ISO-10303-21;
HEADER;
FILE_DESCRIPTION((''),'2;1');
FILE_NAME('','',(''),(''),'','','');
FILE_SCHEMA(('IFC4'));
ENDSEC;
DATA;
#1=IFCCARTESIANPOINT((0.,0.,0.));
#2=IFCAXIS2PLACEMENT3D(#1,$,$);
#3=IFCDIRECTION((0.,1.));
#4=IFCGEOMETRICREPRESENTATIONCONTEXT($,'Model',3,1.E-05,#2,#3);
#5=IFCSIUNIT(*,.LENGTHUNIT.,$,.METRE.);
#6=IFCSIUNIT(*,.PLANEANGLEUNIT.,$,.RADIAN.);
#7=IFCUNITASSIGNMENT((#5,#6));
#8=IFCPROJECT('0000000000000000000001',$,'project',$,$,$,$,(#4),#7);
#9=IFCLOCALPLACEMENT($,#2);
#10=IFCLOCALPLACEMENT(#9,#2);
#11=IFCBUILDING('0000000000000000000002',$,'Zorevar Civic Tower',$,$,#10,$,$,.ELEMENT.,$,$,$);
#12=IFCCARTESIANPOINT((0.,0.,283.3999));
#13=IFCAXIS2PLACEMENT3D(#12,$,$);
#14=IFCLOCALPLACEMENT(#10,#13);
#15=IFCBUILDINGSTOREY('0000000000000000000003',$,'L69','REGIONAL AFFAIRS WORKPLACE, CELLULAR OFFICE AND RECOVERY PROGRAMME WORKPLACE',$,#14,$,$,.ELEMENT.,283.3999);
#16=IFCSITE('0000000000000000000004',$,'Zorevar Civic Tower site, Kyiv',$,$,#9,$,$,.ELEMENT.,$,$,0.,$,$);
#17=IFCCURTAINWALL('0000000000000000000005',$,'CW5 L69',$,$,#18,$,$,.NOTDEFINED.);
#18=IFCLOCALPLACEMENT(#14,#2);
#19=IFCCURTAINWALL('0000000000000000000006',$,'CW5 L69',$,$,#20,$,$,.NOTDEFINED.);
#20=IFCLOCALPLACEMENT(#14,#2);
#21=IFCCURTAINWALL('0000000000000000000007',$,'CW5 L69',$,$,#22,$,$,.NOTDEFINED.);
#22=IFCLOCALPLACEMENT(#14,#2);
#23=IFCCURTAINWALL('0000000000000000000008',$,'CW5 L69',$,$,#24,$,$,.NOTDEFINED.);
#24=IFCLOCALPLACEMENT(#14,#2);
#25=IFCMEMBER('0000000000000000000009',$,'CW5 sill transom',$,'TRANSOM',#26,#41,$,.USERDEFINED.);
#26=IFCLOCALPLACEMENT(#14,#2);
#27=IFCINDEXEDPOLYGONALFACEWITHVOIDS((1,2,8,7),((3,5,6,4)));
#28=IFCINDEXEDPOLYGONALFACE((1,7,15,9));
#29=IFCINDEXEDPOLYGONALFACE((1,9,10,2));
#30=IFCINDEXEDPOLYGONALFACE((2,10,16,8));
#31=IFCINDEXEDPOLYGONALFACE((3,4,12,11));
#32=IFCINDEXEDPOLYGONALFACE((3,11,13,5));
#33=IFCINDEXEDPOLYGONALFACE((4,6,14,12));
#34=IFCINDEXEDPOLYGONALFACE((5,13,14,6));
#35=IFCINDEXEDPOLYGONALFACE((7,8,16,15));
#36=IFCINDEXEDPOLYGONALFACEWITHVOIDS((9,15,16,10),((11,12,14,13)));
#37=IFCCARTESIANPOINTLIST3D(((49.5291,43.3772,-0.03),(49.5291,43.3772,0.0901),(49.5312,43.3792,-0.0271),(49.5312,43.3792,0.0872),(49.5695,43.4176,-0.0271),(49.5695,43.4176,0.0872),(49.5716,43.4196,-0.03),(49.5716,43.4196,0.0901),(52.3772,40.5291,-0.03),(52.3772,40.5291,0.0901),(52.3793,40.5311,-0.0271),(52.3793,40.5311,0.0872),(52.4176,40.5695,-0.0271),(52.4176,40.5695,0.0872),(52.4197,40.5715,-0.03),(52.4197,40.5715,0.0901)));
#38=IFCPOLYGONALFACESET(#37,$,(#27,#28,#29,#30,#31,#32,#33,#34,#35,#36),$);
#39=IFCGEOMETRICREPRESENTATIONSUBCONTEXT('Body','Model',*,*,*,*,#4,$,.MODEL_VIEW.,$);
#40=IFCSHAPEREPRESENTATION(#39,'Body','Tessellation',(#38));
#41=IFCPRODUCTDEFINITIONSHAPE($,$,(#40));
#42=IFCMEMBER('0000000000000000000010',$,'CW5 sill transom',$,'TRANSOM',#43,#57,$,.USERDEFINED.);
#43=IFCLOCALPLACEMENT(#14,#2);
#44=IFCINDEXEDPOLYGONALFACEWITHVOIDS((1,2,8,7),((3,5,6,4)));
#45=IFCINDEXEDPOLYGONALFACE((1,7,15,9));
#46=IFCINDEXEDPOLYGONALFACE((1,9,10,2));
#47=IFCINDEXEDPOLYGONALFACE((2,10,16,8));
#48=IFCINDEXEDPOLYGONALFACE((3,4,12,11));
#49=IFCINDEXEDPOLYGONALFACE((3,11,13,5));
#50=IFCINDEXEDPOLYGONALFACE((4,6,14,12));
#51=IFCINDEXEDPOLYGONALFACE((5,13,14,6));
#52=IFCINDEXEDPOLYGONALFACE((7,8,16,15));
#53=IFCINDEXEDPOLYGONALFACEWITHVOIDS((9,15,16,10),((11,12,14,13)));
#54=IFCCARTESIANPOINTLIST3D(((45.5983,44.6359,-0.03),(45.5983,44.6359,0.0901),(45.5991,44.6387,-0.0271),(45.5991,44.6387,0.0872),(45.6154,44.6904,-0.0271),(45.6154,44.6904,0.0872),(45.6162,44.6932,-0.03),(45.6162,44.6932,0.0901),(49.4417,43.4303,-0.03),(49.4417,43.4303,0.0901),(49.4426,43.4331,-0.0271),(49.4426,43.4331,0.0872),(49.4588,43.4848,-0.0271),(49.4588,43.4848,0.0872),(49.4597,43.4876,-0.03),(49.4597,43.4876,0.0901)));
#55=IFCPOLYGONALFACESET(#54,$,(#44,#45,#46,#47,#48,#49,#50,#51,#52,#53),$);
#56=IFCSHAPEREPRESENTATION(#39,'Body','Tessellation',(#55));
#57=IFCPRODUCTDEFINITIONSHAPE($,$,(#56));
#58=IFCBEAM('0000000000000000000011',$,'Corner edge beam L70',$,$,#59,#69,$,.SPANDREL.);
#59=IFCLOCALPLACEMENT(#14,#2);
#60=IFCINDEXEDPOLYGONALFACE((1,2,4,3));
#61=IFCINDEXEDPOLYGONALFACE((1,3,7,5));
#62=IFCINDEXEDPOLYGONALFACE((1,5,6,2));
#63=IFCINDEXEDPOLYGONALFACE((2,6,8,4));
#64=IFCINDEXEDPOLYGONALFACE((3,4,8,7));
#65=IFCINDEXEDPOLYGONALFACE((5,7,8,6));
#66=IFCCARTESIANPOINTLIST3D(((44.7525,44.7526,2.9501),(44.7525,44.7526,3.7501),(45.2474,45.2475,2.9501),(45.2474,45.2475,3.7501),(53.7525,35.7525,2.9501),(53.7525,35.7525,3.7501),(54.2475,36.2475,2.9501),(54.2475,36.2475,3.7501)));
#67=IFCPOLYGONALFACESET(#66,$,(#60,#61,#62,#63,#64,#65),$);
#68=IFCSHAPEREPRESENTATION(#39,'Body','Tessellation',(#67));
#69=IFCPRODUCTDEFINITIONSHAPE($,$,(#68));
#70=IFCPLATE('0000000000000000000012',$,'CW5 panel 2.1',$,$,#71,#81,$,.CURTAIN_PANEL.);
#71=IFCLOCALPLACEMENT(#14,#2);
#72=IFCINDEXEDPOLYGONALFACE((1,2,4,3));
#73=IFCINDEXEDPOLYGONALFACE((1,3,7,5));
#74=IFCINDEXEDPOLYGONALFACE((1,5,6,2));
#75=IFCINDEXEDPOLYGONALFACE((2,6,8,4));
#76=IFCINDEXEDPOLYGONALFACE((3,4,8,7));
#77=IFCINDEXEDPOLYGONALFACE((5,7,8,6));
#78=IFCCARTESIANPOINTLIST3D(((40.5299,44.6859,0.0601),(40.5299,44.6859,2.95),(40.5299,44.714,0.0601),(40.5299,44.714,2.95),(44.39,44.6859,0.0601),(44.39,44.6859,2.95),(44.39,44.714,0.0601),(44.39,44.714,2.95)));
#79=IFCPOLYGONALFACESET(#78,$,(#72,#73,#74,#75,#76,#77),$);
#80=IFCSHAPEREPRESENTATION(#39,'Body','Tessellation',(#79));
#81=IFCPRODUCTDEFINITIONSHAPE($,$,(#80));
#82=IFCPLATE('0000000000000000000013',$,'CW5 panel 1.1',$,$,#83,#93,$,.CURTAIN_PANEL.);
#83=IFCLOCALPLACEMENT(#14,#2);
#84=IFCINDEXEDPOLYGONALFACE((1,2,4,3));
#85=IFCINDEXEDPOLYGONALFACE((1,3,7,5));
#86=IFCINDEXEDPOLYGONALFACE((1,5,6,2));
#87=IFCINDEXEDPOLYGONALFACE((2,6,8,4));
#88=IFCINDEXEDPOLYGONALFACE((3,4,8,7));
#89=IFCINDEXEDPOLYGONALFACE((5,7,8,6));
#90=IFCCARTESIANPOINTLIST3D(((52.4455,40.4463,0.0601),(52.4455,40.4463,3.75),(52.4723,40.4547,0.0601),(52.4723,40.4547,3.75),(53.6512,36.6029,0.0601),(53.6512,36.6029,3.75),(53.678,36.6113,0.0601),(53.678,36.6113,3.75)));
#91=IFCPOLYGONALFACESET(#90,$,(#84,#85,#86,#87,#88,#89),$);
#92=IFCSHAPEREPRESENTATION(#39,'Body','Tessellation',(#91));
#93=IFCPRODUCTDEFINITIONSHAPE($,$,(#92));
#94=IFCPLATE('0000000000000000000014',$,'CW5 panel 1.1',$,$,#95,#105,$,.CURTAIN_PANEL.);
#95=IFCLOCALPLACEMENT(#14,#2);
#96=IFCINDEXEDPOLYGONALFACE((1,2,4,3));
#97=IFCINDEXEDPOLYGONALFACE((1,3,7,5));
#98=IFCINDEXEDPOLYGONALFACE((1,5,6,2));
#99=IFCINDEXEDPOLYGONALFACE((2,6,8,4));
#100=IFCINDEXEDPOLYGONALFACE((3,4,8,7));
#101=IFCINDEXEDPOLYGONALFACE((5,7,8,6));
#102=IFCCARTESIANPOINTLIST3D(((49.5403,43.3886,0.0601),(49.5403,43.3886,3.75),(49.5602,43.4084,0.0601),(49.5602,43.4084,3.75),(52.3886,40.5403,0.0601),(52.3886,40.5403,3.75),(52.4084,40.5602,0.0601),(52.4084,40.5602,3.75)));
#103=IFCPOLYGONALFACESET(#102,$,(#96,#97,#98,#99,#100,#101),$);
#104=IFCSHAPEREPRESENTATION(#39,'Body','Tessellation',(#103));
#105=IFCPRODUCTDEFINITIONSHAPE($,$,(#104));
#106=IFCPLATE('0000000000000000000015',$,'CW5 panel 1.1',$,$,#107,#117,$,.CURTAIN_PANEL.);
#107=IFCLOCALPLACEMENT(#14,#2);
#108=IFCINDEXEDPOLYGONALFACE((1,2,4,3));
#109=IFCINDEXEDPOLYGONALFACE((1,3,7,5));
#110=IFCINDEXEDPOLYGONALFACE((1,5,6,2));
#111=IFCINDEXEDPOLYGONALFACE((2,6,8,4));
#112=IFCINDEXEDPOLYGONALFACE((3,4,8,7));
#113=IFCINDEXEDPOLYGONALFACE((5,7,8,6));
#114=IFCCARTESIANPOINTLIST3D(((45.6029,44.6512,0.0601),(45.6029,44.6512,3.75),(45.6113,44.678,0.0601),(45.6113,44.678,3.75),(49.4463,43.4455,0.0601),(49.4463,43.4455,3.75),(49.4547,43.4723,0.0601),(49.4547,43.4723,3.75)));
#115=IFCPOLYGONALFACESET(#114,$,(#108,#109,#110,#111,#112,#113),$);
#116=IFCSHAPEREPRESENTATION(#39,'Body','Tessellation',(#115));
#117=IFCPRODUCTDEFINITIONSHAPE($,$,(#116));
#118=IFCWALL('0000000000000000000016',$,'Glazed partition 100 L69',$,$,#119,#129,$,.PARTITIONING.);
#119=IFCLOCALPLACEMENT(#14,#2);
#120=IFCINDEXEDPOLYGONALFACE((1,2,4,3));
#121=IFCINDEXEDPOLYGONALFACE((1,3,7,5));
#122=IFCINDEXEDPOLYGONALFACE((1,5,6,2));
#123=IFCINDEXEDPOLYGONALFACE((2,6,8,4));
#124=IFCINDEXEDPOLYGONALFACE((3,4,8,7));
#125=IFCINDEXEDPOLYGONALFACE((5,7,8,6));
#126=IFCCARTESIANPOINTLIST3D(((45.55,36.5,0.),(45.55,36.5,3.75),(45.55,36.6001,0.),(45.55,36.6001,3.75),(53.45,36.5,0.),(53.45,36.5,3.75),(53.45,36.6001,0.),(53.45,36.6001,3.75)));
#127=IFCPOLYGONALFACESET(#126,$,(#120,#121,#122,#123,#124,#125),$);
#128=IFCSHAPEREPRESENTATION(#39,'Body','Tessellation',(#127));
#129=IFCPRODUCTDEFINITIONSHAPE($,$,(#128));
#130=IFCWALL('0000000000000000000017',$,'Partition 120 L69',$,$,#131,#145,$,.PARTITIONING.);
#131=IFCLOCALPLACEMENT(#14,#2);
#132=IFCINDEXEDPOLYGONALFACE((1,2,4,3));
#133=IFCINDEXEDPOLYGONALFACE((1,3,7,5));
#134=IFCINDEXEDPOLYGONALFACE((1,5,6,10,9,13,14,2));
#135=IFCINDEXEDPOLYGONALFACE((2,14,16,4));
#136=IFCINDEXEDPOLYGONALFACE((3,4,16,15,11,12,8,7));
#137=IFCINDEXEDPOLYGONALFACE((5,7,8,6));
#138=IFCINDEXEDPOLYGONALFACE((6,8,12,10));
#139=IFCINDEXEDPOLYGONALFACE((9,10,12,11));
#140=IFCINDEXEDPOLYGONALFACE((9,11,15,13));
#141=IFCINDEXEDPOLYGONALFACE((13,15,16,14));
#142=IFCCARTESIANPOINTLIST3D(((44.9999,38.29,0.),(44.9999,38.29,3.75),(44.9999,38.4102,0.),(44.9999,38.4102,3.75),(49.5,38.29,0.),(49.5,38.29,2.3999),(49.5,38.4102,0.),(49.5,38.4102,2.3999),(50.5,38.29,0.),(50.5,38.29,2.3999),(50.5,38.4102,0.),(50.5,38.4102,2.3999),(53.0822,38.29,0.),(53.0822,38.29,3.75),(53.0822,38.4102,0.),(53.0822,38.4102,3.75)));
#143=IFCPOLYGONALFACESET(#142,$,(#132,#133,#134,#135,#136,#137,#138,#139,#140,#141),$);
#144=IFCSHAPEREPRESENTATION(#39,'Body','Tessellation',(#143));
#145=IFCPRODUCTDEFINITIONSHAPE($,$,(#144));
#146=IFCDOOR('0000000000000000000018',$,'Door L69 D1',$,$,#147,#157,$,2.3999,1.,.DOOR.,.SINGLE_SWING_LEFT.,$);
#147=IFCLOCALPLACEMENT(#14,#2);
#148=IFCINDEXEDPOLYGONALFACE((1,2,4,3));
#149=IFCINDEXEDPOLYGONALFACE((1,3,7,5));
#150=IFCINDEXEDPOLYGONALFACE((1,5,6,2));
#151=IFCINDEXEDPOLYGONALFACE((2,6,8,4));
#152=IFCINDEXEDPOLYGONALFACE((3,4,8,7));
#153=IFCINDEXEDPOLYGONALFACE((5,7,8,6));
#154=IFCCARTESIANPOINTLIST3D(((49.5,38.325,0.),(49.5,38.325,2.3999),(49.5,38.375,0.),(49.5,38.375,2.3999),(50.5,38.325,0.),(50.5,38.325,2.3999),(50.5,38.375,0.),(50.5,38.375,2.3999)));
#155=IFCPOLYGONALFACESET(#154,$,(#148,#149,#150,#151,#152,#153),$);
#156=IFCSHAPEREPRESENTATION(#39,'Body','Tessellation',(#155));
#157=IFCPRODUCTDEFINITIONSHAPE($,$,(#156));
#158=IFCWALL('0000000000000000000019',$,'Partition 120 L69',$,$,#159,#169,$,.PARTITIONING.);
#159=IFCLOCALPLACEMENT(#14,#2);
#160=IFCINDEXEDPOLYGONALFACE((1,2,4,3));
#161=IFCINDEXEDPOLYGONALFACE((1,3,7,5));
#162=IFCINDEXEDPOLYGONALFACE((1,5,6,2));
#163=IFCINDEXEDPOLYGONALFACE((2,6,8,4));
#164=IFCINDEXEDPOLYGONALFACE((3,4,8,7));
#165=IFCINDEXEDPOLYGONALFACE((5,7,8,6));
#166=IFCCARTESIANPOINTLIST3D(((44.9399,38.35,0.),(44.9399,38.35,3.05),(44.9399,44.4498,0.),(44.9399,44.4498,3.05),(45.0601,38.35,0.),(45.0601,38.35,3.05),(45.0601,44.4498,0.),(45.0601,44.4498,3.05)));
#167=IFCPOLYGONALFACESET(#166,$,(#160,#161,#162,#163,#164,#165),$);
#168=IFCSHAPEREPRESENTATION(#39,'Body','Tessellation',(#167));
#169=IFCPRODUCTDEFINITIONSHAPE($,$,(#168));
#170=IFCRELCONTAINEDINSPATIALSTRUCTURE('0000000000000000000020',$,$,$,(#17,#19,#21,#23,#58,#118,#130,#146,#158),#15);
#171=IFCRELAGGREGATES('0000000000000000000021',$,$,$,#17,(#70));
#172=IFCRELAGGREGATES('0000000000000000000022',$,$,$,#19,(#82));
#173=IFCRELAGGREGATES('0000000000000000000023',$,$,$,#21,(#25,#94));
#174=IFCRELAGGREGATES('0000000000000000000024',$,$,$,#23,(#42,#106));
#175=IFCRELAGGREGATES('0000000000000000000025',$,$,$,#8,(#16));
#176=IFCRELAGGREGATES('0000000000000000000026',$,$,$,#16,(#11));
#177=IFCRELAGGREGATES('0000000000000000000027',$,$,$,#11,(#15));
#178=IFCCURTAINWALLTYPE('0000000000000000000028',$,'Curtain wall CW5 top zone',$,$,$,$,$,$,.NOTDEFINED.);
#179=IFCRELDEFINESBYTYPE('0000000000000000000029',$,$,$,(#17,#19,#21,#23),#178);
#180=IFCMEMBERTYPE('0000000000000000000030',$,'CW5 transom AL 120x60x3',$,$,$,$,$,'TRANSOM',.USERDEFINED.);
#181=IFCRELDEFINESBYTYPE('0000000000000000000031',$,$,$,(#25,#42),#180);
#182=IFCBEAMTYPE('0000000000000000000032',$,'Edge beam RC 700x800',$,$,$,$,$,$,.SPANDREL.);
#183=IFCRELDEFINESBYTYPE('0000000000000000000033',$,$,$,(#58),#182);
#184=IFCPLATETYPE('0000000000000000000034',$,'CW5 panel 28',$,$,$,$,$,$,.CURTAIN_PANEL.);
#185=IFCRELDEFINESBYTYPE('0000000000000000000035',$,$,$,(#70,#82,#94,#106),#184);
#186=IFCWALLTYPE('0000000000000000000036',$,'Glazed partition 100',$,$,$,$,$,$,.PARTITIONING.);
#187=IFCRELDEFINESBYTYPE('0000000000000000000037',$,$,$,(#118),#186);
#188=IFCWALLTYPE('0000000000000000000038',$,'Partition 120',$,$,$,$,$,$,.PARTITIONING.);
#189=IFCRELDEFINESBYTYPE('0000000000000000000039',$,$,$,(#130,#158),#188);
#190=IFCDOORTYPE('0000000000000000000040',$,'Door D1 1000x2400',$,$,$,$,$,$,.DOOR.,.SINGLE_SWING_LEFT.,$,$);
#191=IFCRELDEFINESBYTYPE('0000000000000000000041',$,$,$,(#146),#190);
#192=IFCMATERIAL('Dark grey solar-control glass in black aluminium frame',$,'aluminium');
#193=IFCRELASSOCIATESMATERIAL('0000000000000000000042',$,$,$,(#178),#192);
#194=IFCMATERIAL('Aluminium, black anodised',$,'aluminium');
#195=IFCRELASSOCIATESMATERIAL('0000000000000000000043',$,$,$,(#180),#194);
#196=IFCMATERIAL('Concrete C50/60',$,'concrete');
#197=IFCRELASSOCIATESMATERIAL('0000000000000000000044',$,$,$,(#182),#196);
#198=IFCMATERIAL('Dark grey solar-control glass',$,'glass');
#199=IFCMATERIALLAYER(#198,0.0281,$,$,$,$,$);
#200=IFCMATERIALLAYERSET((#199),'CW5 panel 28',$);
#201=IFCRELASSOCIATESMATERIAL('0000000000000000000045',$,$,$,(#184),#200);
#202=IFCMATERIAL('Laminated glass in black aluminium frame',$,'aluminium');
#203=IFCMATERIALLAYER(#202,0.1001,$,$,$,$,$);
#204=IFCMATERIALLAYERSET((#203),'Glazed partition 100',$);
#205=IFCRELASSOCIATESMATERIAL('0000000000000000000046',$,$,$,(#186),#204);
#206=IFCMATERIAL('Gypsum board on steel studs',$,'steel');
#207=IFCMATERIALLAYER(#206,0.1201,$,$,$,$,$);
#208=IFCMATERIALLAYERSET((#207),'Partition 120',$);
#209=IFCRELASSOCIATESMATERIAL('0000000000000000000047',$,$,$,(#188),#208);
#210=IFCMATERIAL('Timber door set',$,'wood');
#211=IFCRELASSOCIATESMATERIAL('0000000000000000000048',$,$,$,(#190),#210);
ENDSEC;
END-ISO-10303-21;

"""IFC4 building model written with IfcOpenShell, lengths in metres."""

from ifc_helpers import new_model, si_unit, direction, frame, frame_2d, origin, origin_2d, place, context, subcontext, project, spatial, rectangle, hollow_rectangle, extrude, material, layer, layer_set, material_profile, profile_set, type_object, element, fill, aggregate, save


model = new_model("IFC4")

# Units and contexts
model_context = context("Model", 3, precision=1e-05, world=origin(), true_north=direction((0.0, 1.0)))
body_context = subcontext(model_context, "Body", "Model", "MODEL_VIEW")
ifc_project = project(units=[si_unit("LENGTHUNIT", "METRE"), si_unit("PLANEANGLEUNIT", "RADIAN")], contexts=[model_context])

# Site, building, storey
site_placement = place(None, origin())
site = spatial("IfcSite", under=ifc_project, at=site_placement, Name="Zorevar Civic Tower site, Kyiv", CompositionType="ELEMENT", RefElevation=0.0)
building_placement = place(site_placement, origin())
building = spatial("IfcBuilding", under=site, at=building_placement, Name="Zorevar Civic Tower", CompositionType="ELEMENT")
storey_placement = place(building_placement, frame((0.0, 0.0, 283.3999)))
storey = spatial("IfcBuildingStorey", under=building, at=storey_placement, Name="L69", Description="REGIONAL AFFAIRS WORKPLACE, CELLULAR OFFICE AND RECOVERY PROGRAMME WORKPLACE", CompositionType="ELEMENT", Elevation=283.3999)

# Curtain wall
ifc_material_1 = material(Name="Dark grey solar-control glass in black aluminium frame", Category="aluminium")
curtain_wall_type = type_object("IfcCurtainWallType", Name="Curtain wall CW5 top zone", PredefinedType="NOTDEFINED", material=ifc_material_1)
curtain_wall_1_placement = place(storey_placement, origin())
curtain_wall_1 = element("IfcCurtainWall", 1, at=curtain_wall_1_placement, inside=storey, type_object=curtain_wall_type, Name="CW5 L69", PredefinedType="NOTDEFINED")

# Curtain walls
curtain_wall_2_placement = place(storey_placement, origin())
curtain_wall_2 = element("IfcCurtainWall", 2, at=curtain_wall_2_placement, inside=storey, type_object=curtain_wall_type, Name="CW5 L69", PredefinedType="NOTDEFINED")
curtain_wall_3_placement = place(storey_placement, origin())
curtain_wall_3 = element("IfcCurtainWall", 3, at=curtain_wall_3_placement, inside=storey, type_object=curtain_wall_type, Name="CW5 L69", PredefinedType="NOTDEFINED")
curtain_wall_4_placement = place(storey_placement, origin())
curtain_wall_4 = element("IfcCurtainWall", 4, at=curtain_wall_4_placement, inside=storey, type_object=curtain_wall_type, Name="CW5 L69", PredefinedType="NOTDEFINED")

# Members
ifc_material_2 = material(Name="Aluminium, black anodised", Category="aluminium")
ifc_material_profile_1 = material_profile(ifc_material_2, hollow_rectangle(XDim=0.0601, YDim=0.1201, WallThickness=0.0029, at=origin_2d()), Name="AL 120x60x3")
ifc_profile_set_1 = profile_set([ifc_material_profile_1], Name="Aluminium, black anodised")
member_type_1 = type_object("IfcMemberType", Name="CW5 transom AL 120x60x3", ElementType="TRANSOM", PredefinedType="USERDEFINED", material=ifc_profile_set_1)
member_1_placement = place(storey_placement, frame((52.3984, 40.5503, 0.03), z_axis=(-0.707107, 0.707107, 0.0), x_axis=(-0.707107, -0.707107, 0.0)))
member_1 = element("IfcMember", 5, at=member_1_placement, type_object=member_type_1, Name="CW5 sill transom", ObjectType="TRANSOM", PredefinedType="USERDEFINED", context=body_context, shape_type="SweptSolid", body=[
    extrude(hollow_rectangle(XDim=0.0601, YDim=0.1201, WallThickness=0.0029, at=origin_2d()), origin(), (0.0, 0.0, 1.0), 4.0278),
])
member_2_placement = place(storey_placement, frame((49.4507, 43.459, 0.03), z_axis=(-0.954163, 0.299286, 0.0), x_axis=(-0.299286, -0.954163, 0.0)))
member_2 = element("IfcMember", 6, at=member_2_placement, type_object=member_type_1, Name="CW5 sill transom", ObjectType="TRANSOM", PredefinedType="USERDEFINED", context=body_context, shape_type="SweptSolid", body=[
    extrude(hollow_rectangle(XDim=0.0601, YDim=0.1201, WallThickness=0.0029, at=origin_2d()), origin(), (0.0, 0.0, 1.0), 4.0281),
])

# Beam
ifc_material_3 = material(Name="Concrete C50/60", Category="concrete")
ifc_material_profile_2 = material_profile(ifc_material_3, rectangle(XDim=0.7, YDim=0.8, at=origin_2d()), Name="RC 700x800")
ifc_profile_set_2 = profile_set([ifc_material_profile_2], Name="Concrete C50/60")
beam_type_1 = type_object("IfcBeamType", Name="Edge beam RC 700x800", PredefinedType="SPANDREL", material=ifc_profile_set_2)
beam_1_placement = place(storey_placement, frame((54.0, 36.0, 3.3501), z_axis=(-0.707107, 0.707107, 0.0), x_axis=(-0.707107, -0.707107, 0.0)))
element("IfcBeam", 7, at=beam_1_placement, inside=storey, type_object=beam_type_1, Name="Corner edge beam L70", PredefinedType="SPANDREL", context=body_context, shape_type="SweptSolid", body=[
    extrude(rectangle(XDim=0.7, YDim=0.8, at=origin_2d()), origin(), (0.0, 0.0, 1.0), 12.728),
])

# Plates
ifc_material_4 = material(Name="Dark grey solar-control glass", Category="glass")
ifc_layer_1 = layer(ifc_material_4, 0.0281)
ifc_layer_set_1 = layer_set([ifc_layer_1], Name="CW5 panel 28")
plate_type = type_object("IfcPlateType", Name="CW5 panel 28", PredefinedType="CURTAIN_PANEL", material=ifc_layer_set_1)
plate_1_placement = place(storey_placement, frame((42.46, 44.7, 0.0601), z_axis=(0.0, 0.0, 1.0), x_axis=(1.0, 0.0, 0.0)))
plate_1 = element("IfcPlate", 8, at=plate_1_placement, type_object=plate_type, Name="CW5 panel 2.1", PredefinedType="CURTAIN_PANEL", context=body_context, shape_type="SweptSolid", body=[
    extrude(rectangle(XDim=3.8601, YDim=0.0281, at=origin_2d()), origin(), (0.0, 0.0, 1.0), 2.8899),
])
aggregate(curtain_wall_1, [plate_1])
plate_2_placement = place(storey_placement, frame((53.0618, 38.5288, 0.0601), z_axis=(0.0, 0.0, 1.0), x_axis=(-0.299318, 0.954153, 0.0)))
plate_2 = element("IfcPlate", 9, at=plate_2_placement, type_object=plate_type, Name="CW5 panel 1.1", PredefinedType="CURTAIN_PANEL", context=body_context, shape_type="SweptSolid", body=[
    extrude(rectangle(XDim=4.0281, YDim=0.0281, at=origin_2d()), origin(), (0.0, 0.0, 1.0), 3.6899),
])
aggregate(curtain_wall_2, [plate_2])
plate_3_placement = place(storey_placement, frame((50.9744, 41.9744, 0.0601), z_axis=(0.0, 0.0, 1.0), x_axis=(-0.707107, 0.707107, 0.0)))
plate_3 = element("IfcPlate", 10, at=plate_3_placement, type_object=plate_type, Name="CW5 panel 1.1", PredefinedType="CURTAIN_PANEL", context=body_context, shape_type="SweptSolid", body=[
    extrude(rectangle(XDim=4.0281, YDim=0.0281, at=origin_2d()), origin(), (0.0, 0.0, 1.0), 3.6899),
])
aggregate(curtain_wall_3, [member_1, plate_3])
plate_4_placement = place(storey_placement, frame((47.5288, 44.0618, 0.0601), z_axis=(0.0, 0.0, 1.0), x_axis=(-0.954153, 0.299318, 0.0)))
plate_4 = element("IfcPlate", 11, at=plate_4_placement, type_object=plate_type, Name="CW5 panel 1.1", PredefinedType="CURTAIN_PANEL", context=body_context, shape_type="SweptSolid", body=[
    extrude(rectangle(XDim=4.0281, YDim=0.0281, at=origin_2d()), origin(), (0.0, 0.0, 1.0), 3.6899),
])
aggregate(curtain_wall_4, [member_2, plate_4])

# Wall
ifc_material_5 = material(Name="Laminated glass in black aluminium frame", Category="aluminium")
ifc_layer_2 = layer(ifc_material_5, 0.1001)
ifc_layer_set_2 = layer_set([ifc_layer_2], Name="Glazed partition 100")
wall_type_1 = type_object("IfcWallType", Name="Glazed partition 100", PredefinedType="PARTITIONING", material=ifc_layer_set_2)
wall_1_placement = place(storey_placement, frame((45.55, 36.55, 0.0), z_axis=(0.0, 0.0, 1.0), x_axis=(1.0, 0.0, 0.0)))
element("IfcWall", 12, at=wall_1_placement, inside=storey, type_object=wall_type_1, Name="Glazed partition 100 L69", PredefinedType="PARTITIONING", context=body_context, shape_type="SweptSolid", body=[
    extrude(rectangle(XDim=7.8999, YDim=0.1001, at=frame_2d((3.95, 0.0))), origin(), (0.0, 0.0, 1.0), 3.75),
])

# Wall, opening, door
ifc_material_6 = material(Name="Gypsum board on steel studs", Category="steel")
ifc_layer_3 = layer(ifc_material_6, 0.1201)
ifc_layer_set_3 = layer_set([ifc_layer_3], Name="Partition 120")
wall_type_2 = type_object("IfcWallType", Name="Partition 120", PredefinedType="PARTITIONING", material=ifc_layer_set_3)
wall_2_placement = place(storey_placement, frame((45.0, 38.3501, 0.0), z_axis=(0.0, 0.0, 1.0), x_axis=(1.0, 0.0, 0.0)))
wall_2 = element("IfcWall", 13, at=wall_2_placement, inside=storey, type_object=wall_type_2, Name="Partition 120 L69", PredefinedType="PARTITIONING", context=body_context, shape_type="SweptSolid", body=[
    extrude(rectangle(XDim=8.0823, YDim=0.1201, at=frame_2d((4.041, 0.0))), origin(), (0.0, 0.0, 1.0), 3.75),
])
opening_placement = place(wall_2_placement, frame((4.5, 0.0, 0.0)))
opening = element("IfcOpeningElement", 14, at=opening_placement, cuts=wall_2, PredefinedType="OPENING", context=body_context, shape_type="SweptSolid", body=[
    extrude(rectangle(XDim=1.0, YDim=2.3999, at=frame_2d((0.5, 1.2))), frame((0.0, 0.0701, 0.0), z_axis=(0.0, -1.0, 0.0), x_axis=(1.0, 0.0, 0.0)), (0.0, 0.0, 1.0), 0.1401),
])
ifc_material_7 = material(Name="Timber door set", Category="wood")
door_type = type_object("IfcDoorType", Name="Door D1 1000x2400", OperationType="SINGLE_SWING_LEFT", PredefinedType="DOOR", material=ifc_material_7)
door_placement = place(opening_placement, origin())
door = element("IfcDoor", 15, at=door_placement, inside=storey, type_object=door_type, Name="Door L69 D1", OperationType="SINGLE_SWING_LEFT", OverallHeight=2.3999, OverallWidth=1.0, PredefinedType="DOOR", context=body_context, shape_type="SweptSolid", body=[
    extrude(rectangle(XDim=1.0, YDim=2.3999, at=frame_2d((0.5, 1.2))), frame((0.0, 0.0249, 0.0), z_axis=(0.0, -1.0, 0.0), x_axis=(1.0, 0.0, 0.0)), (0.0, 0.0, 1.0), 0.05),
])
fill(opening, door)

# Wall
wall_3_placement = place(storey_placement, frame((45.0, 38.3501, 0.0), z_axis=(0.0, 0.0, 1.0), x_axis=(0.0, 1.0, 0.0)))
element("IfcWall", 16, at=wall_3_placement, inside=storey, type_object=wall_type_2, Name="Partition 120 L69", PredefinedType="PARTITIONING", context=body_context, shape_type="SweptSolid", body=[
    extrude(rectangle(XDim=6.0999, YDim=0.1201, at=frame_2d((3.0498, 0.0))), origin(), (0.0, 0.0, 1.0), 3.05),
])

save(model, "model.ifc")
